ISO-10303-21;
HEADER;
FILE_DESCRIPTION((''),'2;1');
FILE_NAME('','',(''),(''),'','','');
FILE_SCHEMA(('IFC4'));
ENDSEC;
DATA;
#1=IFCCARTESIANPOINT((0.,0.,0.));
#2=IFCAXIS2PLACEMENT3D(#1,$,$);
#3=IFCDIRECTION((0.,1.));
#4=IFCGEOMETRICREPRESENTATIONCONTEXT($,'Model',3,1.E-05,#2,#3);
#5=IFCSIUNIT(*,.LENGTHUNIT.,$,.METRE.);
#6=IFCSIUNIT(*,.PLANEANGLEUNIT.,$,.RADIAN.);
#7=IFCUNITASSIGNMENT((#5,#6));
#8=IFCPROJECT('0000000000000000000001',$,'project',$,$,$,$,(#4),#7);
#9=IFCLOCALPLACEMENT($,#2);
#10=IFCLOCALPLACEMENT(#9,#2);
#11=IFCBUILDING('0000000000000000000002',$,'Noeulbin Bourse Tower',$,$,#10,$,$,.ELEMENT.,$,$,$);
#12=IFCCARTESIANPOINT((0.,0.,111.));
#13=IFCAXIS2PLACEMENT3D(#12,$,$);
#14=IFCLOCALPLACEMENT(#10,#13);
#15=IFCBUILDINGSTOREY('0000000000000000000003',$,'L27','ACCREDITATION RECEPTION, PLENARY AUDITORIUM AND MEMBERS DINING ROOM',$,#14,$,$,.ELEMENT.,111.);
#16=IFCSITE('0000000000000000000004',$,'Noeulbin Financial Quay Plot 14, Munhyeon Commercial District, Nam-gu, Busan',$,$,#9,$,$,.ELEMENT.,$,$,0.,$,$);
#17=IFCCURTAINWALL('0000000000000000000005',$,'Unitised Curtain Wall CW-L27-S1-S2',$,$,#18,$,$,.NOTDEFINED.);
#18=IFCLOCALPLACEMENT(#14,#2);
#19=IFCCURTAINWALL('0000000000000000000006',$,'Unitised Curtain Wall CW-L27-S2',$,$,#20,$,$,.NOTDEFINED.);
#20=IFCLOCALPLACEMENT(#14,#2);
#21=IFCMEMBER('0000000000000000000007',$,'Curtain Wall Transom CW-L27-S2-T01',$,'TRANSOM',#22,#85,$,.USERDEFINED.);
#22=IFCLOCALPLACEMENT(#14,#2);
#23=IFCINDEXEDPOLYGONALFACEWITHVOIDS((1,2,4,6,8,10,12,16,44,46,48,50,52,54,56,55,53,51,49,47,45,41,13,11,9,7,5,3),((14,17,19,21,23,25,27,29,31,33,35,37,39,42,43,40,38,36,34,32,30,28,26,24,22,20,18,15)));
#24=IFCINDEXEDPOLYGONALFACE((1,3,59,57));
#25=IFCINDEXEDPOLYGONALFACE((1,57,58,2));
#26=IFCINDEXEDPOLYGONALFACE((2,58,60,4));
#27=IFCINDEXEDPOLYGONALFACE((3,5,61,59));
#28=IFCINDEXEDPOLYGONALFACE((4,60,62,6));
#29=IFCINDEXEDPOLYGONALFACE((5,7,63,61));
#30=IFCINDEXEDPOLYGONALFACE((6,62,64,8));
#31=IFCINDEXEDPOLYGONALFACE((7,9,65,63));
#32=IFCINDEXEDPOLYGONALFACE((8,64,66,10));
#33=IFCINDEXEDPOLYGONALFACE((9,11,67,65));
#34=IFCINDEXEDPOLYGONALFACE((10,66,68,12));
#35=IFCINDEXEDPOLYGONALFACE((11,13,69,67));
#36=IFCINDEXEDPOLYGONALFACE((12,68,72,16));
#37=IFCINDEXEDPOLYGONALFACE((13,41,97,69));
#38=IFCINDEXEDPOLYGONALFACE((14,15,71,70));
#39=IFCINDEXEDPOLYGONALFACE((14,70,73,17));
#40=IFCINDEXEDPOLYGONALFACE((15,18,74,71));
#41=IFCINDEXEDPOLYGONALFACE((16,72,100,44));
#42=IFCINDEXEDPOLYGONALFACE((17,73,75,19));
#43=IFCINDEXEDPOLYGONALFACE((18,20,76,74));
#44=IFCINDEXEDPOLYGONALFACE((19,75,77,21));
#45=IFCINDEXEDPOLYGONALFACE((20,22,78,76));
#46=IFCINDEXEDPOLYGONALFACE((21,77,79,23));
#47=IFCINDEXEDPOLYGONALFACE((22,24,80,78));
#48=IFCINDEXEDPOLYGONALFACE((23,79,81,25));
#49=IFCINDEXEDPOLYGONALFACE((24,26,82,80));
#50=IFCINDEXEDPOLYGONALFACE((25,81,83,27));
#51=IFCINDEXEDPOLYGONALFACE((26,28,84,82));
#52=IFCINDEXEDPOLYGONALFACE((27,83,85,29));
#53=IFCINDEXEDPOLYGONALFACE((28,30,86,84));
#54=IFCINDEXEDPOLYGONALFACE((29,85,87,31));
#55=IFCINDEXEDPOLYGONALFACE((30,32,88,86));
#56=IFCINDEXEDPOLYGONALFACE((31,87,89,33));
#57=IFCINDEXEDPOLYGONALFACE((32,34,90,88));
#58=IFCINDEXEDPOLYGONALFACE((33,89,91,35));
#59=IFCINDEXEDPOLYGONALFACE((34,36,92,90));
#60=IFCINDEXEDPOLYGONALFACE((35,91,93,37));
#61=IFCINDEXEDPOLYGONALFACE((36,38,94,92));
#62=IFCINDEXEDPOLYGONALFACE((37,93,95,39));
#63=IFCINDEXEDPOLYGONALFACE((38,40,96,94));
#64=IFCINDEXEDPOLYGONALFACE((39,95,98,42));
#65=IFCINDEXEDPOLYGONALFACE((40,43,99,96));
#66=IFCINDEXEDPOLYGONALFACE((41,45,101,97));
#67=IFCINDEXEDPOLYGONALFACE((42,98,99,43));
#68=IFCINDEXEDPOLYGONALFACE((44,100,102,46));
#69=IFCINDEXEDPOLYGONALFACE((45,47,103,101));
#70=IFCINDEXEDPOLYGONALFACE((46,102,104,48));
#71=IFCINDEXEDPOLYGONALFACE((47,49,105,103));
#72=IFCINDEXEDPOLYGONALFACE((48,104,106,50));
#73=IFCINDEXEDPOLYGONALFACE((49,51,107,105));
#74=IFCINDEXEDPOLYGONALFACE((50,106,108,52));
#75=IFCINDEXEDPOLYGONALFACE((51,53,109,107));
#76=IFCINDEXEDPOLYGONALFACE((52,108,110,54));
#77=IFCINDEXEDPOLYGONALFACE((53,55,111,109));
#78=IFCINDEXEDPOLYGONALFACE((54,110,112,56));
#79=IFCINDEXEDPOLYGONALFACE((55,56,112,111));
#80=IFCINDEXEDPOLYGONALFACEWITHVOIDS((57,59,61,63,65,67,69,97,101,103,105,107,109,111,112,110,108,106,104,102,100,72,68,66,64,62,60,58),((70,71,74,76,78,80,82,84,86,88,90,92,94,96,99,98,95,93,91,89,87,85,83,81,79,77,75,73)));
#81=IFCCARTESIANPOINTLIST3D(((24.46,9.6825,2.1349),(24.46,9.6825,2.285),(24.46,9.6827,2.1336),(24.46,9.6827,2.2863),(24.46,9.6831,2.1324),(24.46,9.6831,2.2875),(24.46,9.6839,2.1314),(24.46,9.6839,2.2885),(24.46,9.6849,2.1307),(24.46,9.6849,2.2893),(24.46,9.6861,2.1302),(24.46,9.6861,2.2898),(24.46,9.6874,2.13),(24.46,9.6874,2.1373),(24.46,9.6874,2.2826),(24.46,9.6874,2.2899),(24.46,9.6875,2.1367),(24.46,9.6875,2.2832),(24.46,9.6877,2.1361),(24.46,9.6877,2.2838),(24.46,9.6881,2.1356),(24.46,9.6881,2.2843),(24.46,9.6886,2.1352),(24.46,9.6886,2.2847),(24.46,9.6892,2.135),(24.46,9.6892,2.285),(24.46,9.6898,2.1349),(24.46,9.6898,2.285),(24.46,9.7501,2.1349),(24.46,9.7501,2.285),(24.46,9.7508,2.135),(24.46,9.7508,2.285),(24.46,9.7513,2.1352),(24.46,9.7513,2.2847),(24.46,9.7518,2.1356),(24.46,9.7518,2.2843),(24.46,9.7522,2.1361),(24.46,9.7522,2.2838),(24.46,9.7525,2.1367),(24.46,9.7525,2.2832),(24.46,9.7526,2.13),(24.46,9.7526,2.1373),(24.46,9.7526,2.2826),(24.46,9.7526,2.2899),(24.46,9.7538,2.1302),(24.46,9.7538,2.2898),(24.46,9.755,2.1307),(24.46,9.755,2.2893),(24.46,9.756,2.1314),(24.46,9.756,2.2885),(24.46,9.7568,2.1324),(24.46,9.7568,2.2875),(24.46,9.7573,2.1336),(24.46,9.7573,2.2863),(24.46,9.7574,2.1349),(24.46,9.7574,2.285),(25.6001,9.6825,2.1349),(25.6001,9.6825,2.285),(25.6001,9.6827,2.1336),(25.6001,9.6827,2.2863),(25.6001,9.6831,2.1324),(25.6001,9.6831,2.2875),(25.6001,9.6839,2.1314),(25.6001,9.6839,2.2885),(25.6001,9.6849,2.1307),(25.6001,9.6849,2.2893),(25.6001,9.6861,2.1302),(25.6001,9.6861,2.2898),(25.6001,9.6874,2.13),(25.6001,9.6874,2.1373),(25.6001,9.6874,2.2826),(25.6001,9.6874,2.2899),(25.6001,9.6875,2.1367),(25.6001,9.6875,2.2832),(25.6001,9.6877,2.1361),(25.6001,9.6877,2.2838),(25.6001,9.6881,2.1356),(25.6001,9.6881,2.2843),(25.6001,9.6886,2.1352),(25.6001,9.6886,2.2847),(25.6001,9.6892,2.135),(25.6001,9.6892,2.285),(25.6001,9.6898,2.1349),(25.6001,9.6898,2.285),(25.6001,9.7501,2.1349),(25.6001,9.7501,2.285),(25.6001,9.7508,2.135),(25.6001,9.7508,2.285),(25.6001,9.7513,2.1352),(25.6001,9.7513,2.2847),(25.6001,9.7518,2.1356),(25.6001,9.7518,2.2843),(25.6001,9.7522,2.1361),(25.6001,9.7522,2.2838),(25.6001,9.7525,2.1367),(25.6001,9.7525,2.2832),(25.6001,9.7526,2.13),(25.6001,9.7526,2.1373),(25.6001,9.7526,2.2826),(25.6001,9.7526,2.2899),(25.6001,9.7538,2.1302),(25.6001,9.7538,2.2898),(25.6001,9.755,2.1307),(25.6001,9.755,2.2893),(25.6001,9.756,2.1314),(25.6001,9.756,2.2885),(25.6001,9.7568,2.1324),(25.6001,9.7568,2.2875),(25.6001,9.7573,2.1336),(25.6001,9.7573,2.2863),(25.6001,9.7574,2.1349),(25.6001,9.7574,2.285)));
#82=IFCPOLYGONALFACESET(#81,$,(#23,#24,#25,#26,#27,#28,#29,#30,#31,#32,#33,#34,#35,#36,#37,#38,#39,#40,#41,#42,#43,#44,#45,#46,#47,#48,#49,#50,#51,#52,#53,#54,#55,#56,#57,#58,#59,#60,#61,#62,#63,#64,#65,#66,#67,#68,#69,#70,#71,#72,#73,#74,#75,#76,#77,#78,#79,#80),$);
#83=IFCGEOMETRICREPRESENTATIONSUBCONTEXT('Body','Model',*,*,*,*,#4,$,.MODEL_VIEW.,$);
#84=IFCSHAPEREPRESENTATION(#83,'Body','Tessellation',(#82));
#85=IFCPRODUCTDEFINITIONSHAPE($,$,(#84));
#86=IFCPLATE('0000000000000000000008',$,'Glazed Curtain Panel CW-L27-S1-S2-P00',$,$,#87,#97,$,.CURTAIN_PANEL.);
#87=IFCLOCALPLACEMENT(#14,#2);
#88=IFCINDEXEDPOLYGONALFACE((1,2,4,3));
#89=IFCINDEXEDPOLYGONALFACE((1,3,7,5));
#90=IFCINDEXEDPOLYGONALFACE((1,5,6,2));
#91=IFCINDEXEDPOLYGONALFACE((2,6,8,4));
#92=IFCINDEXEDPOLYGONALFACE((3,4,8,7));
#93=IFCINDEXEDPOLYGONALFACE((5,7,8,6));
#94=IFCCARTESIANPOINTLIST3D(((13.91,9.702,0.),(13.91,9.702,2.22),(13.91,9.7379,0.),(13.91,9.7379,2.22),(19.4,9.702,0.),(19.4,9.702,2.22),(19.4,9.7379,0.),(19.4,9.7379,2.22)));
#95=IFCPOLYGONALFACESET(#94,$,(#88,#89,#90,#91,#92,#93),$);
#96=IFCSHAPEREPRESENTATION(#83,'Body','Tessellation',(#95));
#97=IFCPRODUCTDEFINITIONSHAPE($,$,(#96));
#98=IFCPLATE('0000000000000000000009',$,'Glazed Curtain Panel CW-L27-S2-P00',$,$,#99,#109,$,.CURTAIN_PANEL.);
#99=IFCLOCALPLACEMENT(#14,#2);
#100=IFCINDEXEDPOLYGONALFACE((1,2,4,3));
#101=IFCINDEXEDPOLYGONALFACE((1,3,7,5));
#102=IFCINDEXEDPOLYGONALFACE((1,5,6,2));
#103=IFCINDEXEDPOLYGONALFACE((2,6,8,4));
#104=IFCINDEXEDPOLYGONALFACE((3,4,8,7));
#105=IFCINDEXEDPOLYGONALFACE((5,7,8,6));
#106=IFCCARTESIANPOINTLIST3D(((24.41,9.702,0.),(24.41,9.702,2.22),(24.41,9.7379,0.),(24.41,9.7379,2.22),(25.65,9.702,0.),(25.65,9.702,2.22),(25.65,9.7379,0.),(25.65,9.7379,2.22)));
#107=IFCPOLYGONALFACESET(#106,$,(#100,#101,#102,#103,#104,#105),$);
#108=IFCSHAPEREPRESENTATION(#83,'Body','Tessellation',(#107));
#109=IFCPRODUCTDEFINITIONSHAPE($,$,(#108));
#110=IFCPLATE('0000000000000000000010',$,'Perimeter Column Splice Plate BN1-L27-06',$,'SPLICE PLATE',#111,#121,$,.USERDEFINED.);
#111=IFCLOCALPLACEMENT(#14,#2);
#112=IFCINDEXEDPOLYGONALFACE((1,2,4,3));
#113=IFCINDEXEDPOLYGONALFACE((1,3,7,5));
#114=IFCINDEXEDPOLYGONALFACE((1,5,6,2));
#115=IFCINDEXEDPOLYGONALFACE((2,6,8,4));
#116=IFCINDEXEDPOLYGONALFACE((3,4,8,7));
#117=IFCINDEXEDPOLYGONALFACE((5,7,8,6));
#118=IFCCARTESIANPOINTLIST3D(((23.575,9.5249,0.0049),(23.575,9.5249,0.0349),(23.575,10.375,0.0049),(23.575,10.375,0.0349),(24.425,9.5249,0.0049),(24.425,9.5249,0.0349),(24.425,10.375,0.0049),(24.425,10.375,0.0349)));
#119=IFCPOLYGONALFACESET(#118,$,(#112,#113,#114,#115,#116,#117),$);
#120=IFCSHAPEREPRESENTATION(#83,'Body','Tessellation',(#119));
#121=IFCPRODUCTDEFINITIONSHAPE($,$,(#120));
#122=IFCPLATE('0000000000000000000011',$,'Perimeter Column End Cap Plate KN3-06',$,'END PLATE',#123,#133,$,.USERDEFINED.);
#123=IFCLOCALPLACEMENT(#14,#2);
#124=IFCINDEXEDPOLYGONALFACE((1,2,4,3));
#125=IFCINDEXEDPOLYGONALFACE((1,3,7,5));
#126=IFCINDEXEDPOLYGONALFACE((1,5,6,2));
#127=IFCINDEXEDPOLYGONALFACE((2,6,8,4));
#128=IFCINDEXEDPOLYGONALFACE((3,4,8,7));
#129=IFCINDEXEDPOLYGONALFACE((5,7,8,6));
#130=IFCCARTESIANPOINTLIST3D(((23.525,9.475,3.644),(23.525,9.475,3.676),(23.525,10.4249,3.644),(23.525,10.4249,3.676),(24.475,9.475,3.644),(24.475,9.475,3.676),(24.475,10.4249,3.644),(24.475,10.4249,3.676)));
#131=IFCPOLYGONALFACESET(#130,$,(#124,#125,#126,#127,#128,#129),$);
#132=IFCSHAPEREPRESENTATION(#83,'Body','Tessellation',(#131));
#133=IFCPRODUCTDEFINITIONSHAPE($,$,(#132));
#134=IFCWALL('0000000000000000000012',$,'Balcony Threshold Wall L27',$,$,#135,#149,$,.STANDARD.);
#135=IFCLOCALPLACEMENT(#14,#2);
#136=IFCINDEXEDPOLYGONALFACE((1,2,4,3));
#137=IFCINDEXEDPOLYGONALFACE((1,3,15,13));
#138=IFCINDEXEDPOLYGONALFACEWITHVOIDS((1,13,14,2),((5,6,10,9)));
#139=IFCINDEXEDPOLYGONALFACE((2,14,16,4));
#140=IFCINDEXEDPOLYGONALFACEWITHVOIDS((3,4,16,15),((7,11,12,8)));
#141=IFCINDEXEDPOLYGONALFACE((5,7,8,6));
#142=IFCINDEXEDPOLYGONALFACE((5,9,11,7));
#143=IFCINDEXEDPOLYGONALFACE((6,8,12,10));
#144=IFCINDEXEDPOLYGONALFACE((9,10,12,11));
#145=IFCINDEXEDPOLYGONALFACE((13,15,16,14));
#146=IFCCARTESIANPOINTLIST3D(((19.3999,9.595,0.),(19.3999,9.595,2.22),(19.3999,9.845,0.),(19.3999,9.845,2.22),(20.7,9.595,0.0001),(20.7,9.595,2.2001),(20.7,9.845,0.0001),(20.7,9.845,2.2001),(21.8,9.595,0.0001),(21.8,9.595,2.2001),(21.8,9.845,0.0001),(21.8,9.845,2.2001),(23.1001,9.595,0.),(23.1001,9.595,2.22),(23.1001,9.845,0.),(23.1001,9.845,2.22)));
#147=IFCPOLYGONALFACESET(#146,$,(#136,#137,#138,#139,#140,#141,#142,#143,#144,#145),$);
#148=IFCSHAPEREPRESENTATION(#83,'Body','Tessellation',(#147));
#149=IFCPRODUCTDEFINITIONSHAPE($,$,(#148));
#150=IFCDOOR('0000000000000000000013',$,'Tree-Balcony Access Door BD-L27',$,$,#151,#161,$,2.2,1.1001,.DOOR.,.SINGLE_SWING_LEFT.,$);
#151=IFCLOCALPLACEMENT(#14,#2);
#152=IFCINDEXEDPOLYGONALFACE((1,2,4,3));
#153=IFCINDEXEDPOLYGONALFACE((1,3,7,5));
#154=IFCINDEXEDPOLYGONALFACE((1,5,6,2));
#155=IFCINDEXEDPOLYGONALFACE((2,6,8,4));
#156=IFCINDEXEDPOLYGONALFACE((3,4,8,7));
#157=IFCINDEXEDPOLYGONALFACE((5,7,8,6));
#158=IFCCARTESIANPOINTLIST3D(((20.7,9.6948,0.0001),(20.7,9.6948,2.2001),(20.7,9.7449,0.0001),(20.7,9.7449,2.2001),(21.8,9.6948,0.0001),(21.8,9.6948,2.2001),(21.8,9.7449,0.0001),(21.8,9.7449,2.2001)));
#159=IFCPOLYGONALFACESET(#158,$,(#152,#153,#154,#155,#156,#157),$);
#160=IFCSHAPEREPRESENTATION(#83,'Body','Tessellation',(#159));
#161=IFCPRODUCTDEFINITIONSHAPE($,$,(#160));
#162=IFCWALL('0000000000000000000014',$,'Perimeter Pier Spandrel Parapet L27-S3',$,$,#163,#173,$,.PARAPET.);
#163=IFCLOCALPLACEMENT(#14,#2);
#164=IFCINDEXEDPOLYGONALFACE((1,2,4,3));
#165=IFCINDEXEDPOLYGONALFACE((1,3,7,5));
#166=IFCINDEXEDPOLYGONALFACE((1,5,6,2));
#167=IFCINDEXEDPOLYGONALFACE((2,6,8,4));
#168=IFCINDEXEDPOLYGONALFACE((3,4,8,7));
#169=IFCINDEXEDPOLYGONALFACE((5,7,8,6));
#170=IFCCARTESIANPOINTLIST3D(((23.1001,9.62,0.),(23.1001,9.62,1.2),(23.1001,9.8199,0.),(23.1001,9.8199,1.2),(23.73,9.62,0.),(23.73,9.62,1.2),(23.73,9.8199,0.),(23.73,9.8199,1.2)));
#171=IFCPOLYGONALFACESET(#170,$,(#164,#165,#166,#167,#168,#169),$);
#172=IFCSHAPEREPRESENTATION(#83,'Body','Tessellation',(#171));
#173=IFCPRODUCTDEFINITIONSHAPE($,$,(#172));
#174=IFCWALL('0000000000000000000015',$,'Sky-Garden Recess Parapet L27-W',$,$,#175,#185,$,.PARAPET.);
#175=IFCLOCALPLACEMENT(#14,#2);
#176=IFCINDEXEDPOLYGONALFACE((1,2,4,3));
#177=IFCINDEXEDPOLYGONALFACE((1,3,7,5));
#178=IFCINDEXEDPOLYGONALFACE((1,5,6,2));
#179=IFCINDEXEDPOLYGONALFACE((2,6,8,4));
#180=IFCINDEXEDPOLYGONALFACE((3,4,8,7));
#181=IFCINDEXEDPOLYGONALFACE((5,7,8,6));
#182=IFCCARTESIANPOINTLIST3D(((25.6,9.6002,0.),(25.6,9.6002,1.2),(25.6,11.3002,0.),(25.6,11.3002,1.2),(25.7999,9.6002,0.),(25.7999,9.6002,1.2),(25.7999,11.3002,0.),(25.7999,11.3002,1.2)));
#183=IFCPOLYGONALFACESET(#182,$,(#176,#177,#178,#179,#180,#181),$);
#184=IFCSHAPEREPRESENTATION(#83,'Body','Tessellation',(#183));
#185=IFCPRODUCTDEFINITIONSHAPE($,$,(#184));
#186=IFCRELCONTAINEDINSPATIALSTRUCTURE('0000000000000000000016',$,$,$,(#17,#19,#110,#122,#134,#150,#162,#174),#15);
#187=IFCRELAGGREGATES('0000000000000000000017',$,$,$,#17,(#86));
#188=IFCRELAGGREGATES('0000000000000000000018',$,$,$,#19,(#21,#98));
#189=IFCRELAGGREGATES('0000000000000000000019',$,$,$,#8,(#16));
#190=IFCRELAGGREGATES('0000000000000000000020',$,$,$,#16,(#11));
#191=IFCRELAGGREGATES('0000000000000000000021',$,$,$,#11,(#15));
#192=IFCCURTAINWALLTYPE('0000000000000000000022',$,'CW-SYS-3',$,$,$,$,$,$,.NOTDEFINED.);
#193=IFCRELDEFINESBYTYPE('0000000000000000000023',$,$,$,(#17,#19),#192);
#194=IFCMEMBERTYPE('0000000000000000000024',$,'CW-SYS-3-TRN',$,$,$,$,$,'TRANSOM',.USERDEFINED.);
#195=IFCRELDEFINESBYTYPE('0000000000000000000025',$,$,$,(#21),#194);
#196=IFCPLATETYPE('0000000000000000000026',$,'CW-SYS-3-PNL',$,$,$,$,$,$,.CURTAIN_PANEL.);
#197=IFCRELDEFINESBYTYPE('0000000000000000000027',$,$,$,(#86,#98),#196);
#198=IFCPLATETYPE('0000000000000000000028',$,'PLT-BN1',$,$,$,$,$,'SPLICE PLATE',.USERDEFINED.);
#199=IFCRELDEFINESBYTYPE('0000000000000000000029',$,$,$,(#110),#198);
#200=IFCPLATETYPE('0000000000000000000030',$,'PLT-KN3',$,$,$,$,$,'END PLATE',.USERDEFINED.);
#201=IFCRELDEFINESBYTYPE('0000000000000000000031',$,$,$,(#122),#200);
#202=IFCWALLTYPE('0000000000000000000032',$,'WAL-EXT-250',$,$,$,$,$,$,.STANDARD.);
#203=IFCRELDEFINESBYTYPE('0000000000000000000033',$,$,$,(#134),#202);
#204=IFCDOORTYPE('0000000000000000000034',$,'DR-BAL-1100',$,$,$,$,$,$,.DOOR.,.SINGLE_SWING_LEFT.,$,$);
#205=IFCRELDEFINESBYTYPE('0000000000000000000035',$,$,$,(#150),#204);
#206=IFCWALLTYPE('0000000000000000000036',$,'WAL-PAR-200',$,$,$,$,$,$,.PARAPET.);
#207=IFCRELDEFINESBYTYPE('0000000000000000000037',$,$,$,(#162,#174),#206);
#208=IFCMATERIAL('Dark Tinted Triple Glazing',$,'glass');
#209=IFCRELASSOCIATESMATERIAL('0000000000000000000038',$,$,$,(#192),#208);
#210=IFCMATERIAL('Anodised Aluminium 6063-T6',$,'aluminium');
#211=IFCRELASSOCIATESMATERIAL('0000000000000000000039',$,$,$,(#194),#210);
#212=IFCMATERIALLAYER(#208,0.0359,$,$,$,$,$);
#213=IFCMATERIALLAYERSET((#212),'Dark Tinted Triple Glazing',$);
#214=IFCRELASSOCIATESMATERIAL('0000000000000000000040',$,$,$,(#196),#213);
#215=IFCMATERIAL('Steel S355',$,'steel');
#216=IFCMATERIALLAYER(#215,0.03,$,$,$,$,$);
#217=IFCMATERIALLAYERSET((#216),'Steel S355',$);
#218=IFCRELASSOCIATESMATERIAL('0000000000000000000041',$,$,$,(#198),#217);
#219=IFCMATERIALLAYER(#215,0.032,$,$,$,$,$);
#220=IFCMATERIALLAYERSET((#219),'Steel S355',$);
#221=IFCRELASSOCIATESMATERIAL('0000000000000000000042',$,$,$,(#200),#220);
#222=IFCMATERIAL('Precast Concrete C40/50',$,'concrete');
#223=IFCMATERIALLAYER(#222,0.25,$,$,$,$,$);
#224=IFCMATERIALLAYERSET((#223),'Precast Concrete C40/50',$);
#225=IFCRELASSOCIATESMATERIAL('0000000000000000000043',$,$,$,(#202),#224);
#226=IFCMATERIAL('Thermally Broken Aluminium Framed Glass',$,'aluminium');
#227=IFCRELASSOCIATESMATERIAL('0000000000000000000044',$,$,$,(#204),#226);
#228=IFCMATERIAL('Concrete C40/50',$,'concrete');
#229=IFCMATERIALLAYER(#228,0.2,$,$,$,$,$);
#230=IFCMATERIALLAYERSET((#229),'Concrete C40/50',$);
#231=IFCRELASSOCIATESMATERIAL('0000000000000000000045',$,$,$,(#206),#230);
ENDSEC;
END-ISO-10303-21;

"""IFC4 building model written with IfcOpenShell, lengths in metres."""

from ifc_helpers import new_model, si_unit, direction, frame, frame_2d, origin, origin_2d, place, context, subcontext, project, spatial, rectangle, hollow_rectangle, extrude, material, layer, layer_set, material_profile, profile_set, type_object, element, fill, aggregate, save


model = new_model("IFC4")

# Units and contexts
model_context = context("Model", 3, precision=1e-05, world=origin(), true_north=direction((0.0, 1.0)))
body_context = subcontext(model_context, "Body", "Model", "MODEL_VIEW")
ifc_project = project(units=[si_unit("LENGTHUNIT", "METRE"), si_unit("PLANEANGLEUNIT", "RADIAN")], contexts=[model_context])

# Site, building, storey
site_placement = place(None, origin())
site = spatial("IfcSite", under=ifc_project, at=site_placement, Name="Noeulbin Financial Quay Plot 14, Munhyeon Commercial District, Nam-gu, Busan", CompositionType="ELEMENT", RefElevation=0.0)
building_placement = place(site_placement, origin())
building = spatial("IfcBuilding", under=site, at=building_placement, Name="Noeulbin Bourse Tower", CompositionType="ELEMENT")
storey_placement = place(building_placement, frame((0.0, 0.0, 111.0)))
storey = spatial("IfcBuildingStorey", under=building, at=storey_placement, Name="L27", Description="ACCREDITATION RECEPTION, PLENARY AUDITORIUM AND MEMBERS DINING ROOM", CompositionType="ELEMENT", Elevation=111.0)

# Shared definitions
ifc_material_1 = material(Name="Steel S355", Category="steel")

# Curtain wall
ifc_material_2 = material(Name="Dark Tinted Triple Glazing", Category="glass")
curtain_wall_type = type_object("IfcCurtainWallType", Name="CW-SYS-3", PredefinedType="NOTDEFINED", material=ifc_material_2)
curtain_wall_1_placement = place(storey_placement, origin())
curtain_wall_1 = element("IfcCurtainWall", 1, at=curtain_wall_1_placement, inside=storey, type_object=curtain_wall_type, Name="Unitised Curtain Wall CW-L27-S1-S2", PredefinedType="NOTDEFINED")
ifc_material_3 = material(Name="Anodised Aluminium 6063-T6", Category="aluminium")

# Curtain wall, member
curtain_wall_2_placement = place(storey_placement, origin())
curtain_wall_2 = element("IfcCurtainWall", 2, at=curtain_wall_2_placement, inside=storey, type_object=curtain_wall_type, Name="Unitised Curtain Wall CW-L27-S2", PredefinedType="NOTDEFINED")
ifc_material_profile_1 = material_profile(ifc_material_3, hollow_rectangle(XDim=0.075, YDim=0.1599, WallThickness=0.0049, InnerFilletRadius=0.0024, OuterFilletRadius=0.0049, at=origin_2d()), Name="ALU-TRAN-75x160x5", Category="LoadBearing")
ifc_profile_set_1 = profile_set([ifc_material_profile_1], Name="Anodised Aluminium 6063-T6")
member_type_1 = type_object("IfcMemberType", Name="CW-SYS-3-TRN", ElementType="TRANSOM", PredefinedType="USERDEFINED", material=ifc_profile_set_1)
member_1_placement = place(storey_placement, frame((24.46, 9.72, 2.21), z_axis=(1.0, 0.0, 0.0), x_axis=(0.0, 1.0, 0.0)))
member_1 = element("IfcMember", 3, at=member_1_placement, type_object=member_type_1, Name="Curtain Wall Transom CW-L27-S2-T01", ObjectType="TRANSOM", PredefinedType="USERDEFINED", context=body_context, shape_type="SweptSolid", body=[
    extrude(hollow_rectangle(XDim=0.075, YDim=0.1599, WallThickness=0.0049, InnerFilletRadius=0.0024, OuterFilletRadius=0.0049, at=origin_2d()), origin(), (0.0, 0.0, 1.0), 1.1401),
])

# Plates
ifc_layer_1 = layer(ifc_material_2, 0.0359)
ifc_layer_set_1 = layer_set([ifc_layer_1], Name="Dark Tinted Triple Glazing")
plate_type_1 = type_object("IfcPlateType", Name="CW-SYS-3-PNL", PredefinedType="CURTAIN_PANEL", material=ifc_layer_set_1)
plate_1_placement = place(storey_placement, frame((16.655, 9.72, 0.0), z_axis=(0.0, 0.0, 1.0), x_axis=(1.0, 0.0, 0.0)))
plate_1 = element("IfcPlate", 4, at=plate_1_placement, type_object=plate_type_1, Name="Glazed Curtain Panel CW-L27-S1-S2-P00", PredefinedType="CURTAIN_PANEL", context=body_context, shape_type="SweptSolid", body=[
    extrude(rectangle(XDim=5.49, YDim=0.0359, at=origin_2d()), origin(), (0.0, 0.0, 1.0), 2.22),
])
aggregate(curtain_wall_1, [plate_1])
plate_2_placement = place(storey_placement, frame((25.03, 9.72, 0.0), z_axis=(0.0, 0.0, 1.0), x_axis=(1.0, 0.0, 0.0)))
plate_2 = element("IfcPlate", 5, at=plate_2_placement, type_object=plate_type_1, Name="Glazed Curtain Panel CW-L27-S2-P00", PredefinedType="CURTAIN_PANEL", context=body_context, shape_type="SweptSolid", body=[
    extrude(rectangle(XDim=1.24, YDim=0.0359, at=origin_2d()), origin(), (0.0, 0.0, 1.0), 2.22),
])
aggregate(curtain_wall_2, [member_1, plate_2])

# Plates
ifc_layer_2 = layer(ifc_material_1, 0.03)
ifc_layer_set_2 = layer_set([ifc_layer_2], Name="Steel S355")
plate_type_2 = type_object("IfcPlateType", Name="PLT-BN1", ElementType="SPLICE PLATE", PredefinedType="USERDEFINED", material=ifc_layer_set_2)
plate_3_placement = place(storey_placement, frame((24.0, 9.95, 0.0049), z_axis=(0.0, 0.0, 1.0), x_axis=(1.0, 0.0, 0.0)))
element("IfcPlate", 6, at=plate_3_placement, inside=storey, type_object=plate_type_2, Name="Perimeter Column Splice Plate BN1-L27-06", ObjectType="SPLICE PLATE", PredefinedType="USERDEFINED", context=body_context, shape_type="SweptSolid", body=[
    extrude(rectangle(XDim=0.8501, YDim=0.8501, at=origin_2d()), origin(), (0.0, 0.0, 1.0), 0.03),
])
ifc_layer_3 = layer(ifc_material_1, 0.032)
ifc_layer_set_3 = layer_set([ifc_layer_3], Name="Steel S355")
plate_type_3 = type_object("IfcPlateType", Name="PLT-KN3", ElementType="END PLATE", PredefinedType="USERDEFINED", material=ifc_layer_set_3)
plate_4_placement = place(storey_placement, frame((24.0, 9.95, 3.644), z_axis=(0.0, 0.0, 1.0), x_axis=(1.0, 0.0, 0.0)))
element("IfcPlate", 7, at=plate_4_placement, inside=storey, type_object=plate_type_3, Name="Perimeter Column End Cap Plate KN3-06", ObjectType="END PLATE", PredefinedType="USERDEFINED", context=body_context, shape_type="SweptSolid", body=[
    extrude(rectangle(XDim=0.95, YDim=0.95, at=origin_2d()), origin(), (0.0, 0.0, 1.0), 0.032),
])

# Wall, opening, door
ifc_material_4 = material(Name="Precast Concrete C40/50", Category="concrete")
ifc_layer_4 = layer(ifc_material_4, 0.25)
ifc_layer_set_4 = layer_set([ifc_layer_4], Name="Precast Concrete C40/50")
wall_type_1 = type_object("IfcWallType", Name="WAL-EXT-250", PredefinedType="STANDARD", material=ifc_layer_set_4)
wall_1_placement = place(storey_placement, frame((19.3999, 9.72, 0.0), z_axis=(0.0, 0.0, 1.0), x_axis=(1.0, 0.0, 0.0)))
wall_1 = element("IfcWall", 8, at=wall_1_placement, inside=storey, type_object=wall_type_1, Name="Balcony Threshold Wall L27", PredefinedType="STANDARD", context=body_context, shape_type="SweptSolid", body=[
    extrude(rectangle(XDim=3.7002, YDim=0.25, at=frame_2d((1.8501, 0.0))), origin(), (0.0, 0.0, 1.0), 2.22),
])
opening_placement = place(wall_1_placement, frame((1.3, 0.0, 0.0)))
opening = element("IfcOpeningElement", 9, at=opening_placement, cuts=wall_1, PredefinedType="OPENING", context=body_context, shape_type="SweptSolid", body=[
    extrude(rectangle(XDim=1.1001, YDim=2.2, at=frame_2d((0.55, 1.1001))), frame((0.0, 0.135, 0.0), z_axis=(0.0, -1.0, 0.0), x_axis=(1.0, 0.0, 0.0)), (0.0, 0.0, 1.0), 0.27),
])
ifc_material_5 = material(Name="Thermally Broken Aluminium Framed Glass", Category="aluminium")
door_type = type_object("IfcDoorType", Name="DR-BAL-1100", OperationType="SINGLE_SWING_LEFT", PredefinedType="DOOR", material=ifc_material_5)
door_placement = place(opening_placement, origin())
door = element("IfcDoor", 10, at=door_placement, inside=storey, type_object=door_type, Name="Tree-Balcony Access Door BD-L27", OperationType="SINGLE_SWING_LEFT", OverallHeight=2.2, OverallWidth=1.1001, PredefinedType="DOOR", context=body_context, shape_type="SweptSolid", body=[
    extrude(rectangle(XDim=1.1001, YDim=2.2, at=frame_2d((0.55, 1.1001))), frame((0.0, 0.0249, 0.0), z_axis=(0.0, -1.0, 0.0), x_axis=(1.0, 0.0, 0.0)), (0.0, 0.0, 1.0), 0.05),
])
fill(opening, door)

# Walls
ifc_material_6 = material(Name="Concrete C40/50", Category="concrete")
ifc_layer_5 = layer(ifc_material_6, 0.2)
ifc_layer_set_5 = layer_set([ifc_layer_5], Name="Concrete C40/50")
wall_type_2 = type_object("IfcWallType", Name="WAL-PAR-200", PredefinedType="PARAPET", material=ifc_layer_set_5)
wall_2_placement = place(storey_placement, frame((23.1001, 9.72, 0.0), z_axis=(0.0, 0.0, 1.0), x_axis=(1.0, 0.0, 0.0)))
element("IfcWall", 11, at=wall_2_placement, inside=storey, type_object=wall_type_2, Name="Perimeter Pier Spandrel Parapet L27-S3", PredefinedType="PARAPET", context=body_context, shape_type="SweptSolid", body=[
    extrude(rectangle(XDim=0.6299, YDim=0.2, at=frame_2d((0.3149, 0.0))), origin(), (0.0, 0.0, 1.0), 1.2),
])
wall_3_placement = place(storey_placement, frame((25.7, 9.6001, 0.0), z_axis=(0.0, 0.0, 1.0), x_axis=(0.0, 1.0, 0.0)))
element("IfcWall", 12, at=wall_3_placement, inside=storey, type_object=wall_type_2, Name="Sky-Garden Recess Parapet L27-W", PredefinedType="PARAPET", context=body_context, shape_type="SweptSolid", body=[
    extrude(rectangle(XDim=1.7, YDim=0.2, at=frame_2d((0.8501, 0.0))), origin(), (0.0, 0.0, 1.0), 1.2),
])

save(model, "model.ifc")
